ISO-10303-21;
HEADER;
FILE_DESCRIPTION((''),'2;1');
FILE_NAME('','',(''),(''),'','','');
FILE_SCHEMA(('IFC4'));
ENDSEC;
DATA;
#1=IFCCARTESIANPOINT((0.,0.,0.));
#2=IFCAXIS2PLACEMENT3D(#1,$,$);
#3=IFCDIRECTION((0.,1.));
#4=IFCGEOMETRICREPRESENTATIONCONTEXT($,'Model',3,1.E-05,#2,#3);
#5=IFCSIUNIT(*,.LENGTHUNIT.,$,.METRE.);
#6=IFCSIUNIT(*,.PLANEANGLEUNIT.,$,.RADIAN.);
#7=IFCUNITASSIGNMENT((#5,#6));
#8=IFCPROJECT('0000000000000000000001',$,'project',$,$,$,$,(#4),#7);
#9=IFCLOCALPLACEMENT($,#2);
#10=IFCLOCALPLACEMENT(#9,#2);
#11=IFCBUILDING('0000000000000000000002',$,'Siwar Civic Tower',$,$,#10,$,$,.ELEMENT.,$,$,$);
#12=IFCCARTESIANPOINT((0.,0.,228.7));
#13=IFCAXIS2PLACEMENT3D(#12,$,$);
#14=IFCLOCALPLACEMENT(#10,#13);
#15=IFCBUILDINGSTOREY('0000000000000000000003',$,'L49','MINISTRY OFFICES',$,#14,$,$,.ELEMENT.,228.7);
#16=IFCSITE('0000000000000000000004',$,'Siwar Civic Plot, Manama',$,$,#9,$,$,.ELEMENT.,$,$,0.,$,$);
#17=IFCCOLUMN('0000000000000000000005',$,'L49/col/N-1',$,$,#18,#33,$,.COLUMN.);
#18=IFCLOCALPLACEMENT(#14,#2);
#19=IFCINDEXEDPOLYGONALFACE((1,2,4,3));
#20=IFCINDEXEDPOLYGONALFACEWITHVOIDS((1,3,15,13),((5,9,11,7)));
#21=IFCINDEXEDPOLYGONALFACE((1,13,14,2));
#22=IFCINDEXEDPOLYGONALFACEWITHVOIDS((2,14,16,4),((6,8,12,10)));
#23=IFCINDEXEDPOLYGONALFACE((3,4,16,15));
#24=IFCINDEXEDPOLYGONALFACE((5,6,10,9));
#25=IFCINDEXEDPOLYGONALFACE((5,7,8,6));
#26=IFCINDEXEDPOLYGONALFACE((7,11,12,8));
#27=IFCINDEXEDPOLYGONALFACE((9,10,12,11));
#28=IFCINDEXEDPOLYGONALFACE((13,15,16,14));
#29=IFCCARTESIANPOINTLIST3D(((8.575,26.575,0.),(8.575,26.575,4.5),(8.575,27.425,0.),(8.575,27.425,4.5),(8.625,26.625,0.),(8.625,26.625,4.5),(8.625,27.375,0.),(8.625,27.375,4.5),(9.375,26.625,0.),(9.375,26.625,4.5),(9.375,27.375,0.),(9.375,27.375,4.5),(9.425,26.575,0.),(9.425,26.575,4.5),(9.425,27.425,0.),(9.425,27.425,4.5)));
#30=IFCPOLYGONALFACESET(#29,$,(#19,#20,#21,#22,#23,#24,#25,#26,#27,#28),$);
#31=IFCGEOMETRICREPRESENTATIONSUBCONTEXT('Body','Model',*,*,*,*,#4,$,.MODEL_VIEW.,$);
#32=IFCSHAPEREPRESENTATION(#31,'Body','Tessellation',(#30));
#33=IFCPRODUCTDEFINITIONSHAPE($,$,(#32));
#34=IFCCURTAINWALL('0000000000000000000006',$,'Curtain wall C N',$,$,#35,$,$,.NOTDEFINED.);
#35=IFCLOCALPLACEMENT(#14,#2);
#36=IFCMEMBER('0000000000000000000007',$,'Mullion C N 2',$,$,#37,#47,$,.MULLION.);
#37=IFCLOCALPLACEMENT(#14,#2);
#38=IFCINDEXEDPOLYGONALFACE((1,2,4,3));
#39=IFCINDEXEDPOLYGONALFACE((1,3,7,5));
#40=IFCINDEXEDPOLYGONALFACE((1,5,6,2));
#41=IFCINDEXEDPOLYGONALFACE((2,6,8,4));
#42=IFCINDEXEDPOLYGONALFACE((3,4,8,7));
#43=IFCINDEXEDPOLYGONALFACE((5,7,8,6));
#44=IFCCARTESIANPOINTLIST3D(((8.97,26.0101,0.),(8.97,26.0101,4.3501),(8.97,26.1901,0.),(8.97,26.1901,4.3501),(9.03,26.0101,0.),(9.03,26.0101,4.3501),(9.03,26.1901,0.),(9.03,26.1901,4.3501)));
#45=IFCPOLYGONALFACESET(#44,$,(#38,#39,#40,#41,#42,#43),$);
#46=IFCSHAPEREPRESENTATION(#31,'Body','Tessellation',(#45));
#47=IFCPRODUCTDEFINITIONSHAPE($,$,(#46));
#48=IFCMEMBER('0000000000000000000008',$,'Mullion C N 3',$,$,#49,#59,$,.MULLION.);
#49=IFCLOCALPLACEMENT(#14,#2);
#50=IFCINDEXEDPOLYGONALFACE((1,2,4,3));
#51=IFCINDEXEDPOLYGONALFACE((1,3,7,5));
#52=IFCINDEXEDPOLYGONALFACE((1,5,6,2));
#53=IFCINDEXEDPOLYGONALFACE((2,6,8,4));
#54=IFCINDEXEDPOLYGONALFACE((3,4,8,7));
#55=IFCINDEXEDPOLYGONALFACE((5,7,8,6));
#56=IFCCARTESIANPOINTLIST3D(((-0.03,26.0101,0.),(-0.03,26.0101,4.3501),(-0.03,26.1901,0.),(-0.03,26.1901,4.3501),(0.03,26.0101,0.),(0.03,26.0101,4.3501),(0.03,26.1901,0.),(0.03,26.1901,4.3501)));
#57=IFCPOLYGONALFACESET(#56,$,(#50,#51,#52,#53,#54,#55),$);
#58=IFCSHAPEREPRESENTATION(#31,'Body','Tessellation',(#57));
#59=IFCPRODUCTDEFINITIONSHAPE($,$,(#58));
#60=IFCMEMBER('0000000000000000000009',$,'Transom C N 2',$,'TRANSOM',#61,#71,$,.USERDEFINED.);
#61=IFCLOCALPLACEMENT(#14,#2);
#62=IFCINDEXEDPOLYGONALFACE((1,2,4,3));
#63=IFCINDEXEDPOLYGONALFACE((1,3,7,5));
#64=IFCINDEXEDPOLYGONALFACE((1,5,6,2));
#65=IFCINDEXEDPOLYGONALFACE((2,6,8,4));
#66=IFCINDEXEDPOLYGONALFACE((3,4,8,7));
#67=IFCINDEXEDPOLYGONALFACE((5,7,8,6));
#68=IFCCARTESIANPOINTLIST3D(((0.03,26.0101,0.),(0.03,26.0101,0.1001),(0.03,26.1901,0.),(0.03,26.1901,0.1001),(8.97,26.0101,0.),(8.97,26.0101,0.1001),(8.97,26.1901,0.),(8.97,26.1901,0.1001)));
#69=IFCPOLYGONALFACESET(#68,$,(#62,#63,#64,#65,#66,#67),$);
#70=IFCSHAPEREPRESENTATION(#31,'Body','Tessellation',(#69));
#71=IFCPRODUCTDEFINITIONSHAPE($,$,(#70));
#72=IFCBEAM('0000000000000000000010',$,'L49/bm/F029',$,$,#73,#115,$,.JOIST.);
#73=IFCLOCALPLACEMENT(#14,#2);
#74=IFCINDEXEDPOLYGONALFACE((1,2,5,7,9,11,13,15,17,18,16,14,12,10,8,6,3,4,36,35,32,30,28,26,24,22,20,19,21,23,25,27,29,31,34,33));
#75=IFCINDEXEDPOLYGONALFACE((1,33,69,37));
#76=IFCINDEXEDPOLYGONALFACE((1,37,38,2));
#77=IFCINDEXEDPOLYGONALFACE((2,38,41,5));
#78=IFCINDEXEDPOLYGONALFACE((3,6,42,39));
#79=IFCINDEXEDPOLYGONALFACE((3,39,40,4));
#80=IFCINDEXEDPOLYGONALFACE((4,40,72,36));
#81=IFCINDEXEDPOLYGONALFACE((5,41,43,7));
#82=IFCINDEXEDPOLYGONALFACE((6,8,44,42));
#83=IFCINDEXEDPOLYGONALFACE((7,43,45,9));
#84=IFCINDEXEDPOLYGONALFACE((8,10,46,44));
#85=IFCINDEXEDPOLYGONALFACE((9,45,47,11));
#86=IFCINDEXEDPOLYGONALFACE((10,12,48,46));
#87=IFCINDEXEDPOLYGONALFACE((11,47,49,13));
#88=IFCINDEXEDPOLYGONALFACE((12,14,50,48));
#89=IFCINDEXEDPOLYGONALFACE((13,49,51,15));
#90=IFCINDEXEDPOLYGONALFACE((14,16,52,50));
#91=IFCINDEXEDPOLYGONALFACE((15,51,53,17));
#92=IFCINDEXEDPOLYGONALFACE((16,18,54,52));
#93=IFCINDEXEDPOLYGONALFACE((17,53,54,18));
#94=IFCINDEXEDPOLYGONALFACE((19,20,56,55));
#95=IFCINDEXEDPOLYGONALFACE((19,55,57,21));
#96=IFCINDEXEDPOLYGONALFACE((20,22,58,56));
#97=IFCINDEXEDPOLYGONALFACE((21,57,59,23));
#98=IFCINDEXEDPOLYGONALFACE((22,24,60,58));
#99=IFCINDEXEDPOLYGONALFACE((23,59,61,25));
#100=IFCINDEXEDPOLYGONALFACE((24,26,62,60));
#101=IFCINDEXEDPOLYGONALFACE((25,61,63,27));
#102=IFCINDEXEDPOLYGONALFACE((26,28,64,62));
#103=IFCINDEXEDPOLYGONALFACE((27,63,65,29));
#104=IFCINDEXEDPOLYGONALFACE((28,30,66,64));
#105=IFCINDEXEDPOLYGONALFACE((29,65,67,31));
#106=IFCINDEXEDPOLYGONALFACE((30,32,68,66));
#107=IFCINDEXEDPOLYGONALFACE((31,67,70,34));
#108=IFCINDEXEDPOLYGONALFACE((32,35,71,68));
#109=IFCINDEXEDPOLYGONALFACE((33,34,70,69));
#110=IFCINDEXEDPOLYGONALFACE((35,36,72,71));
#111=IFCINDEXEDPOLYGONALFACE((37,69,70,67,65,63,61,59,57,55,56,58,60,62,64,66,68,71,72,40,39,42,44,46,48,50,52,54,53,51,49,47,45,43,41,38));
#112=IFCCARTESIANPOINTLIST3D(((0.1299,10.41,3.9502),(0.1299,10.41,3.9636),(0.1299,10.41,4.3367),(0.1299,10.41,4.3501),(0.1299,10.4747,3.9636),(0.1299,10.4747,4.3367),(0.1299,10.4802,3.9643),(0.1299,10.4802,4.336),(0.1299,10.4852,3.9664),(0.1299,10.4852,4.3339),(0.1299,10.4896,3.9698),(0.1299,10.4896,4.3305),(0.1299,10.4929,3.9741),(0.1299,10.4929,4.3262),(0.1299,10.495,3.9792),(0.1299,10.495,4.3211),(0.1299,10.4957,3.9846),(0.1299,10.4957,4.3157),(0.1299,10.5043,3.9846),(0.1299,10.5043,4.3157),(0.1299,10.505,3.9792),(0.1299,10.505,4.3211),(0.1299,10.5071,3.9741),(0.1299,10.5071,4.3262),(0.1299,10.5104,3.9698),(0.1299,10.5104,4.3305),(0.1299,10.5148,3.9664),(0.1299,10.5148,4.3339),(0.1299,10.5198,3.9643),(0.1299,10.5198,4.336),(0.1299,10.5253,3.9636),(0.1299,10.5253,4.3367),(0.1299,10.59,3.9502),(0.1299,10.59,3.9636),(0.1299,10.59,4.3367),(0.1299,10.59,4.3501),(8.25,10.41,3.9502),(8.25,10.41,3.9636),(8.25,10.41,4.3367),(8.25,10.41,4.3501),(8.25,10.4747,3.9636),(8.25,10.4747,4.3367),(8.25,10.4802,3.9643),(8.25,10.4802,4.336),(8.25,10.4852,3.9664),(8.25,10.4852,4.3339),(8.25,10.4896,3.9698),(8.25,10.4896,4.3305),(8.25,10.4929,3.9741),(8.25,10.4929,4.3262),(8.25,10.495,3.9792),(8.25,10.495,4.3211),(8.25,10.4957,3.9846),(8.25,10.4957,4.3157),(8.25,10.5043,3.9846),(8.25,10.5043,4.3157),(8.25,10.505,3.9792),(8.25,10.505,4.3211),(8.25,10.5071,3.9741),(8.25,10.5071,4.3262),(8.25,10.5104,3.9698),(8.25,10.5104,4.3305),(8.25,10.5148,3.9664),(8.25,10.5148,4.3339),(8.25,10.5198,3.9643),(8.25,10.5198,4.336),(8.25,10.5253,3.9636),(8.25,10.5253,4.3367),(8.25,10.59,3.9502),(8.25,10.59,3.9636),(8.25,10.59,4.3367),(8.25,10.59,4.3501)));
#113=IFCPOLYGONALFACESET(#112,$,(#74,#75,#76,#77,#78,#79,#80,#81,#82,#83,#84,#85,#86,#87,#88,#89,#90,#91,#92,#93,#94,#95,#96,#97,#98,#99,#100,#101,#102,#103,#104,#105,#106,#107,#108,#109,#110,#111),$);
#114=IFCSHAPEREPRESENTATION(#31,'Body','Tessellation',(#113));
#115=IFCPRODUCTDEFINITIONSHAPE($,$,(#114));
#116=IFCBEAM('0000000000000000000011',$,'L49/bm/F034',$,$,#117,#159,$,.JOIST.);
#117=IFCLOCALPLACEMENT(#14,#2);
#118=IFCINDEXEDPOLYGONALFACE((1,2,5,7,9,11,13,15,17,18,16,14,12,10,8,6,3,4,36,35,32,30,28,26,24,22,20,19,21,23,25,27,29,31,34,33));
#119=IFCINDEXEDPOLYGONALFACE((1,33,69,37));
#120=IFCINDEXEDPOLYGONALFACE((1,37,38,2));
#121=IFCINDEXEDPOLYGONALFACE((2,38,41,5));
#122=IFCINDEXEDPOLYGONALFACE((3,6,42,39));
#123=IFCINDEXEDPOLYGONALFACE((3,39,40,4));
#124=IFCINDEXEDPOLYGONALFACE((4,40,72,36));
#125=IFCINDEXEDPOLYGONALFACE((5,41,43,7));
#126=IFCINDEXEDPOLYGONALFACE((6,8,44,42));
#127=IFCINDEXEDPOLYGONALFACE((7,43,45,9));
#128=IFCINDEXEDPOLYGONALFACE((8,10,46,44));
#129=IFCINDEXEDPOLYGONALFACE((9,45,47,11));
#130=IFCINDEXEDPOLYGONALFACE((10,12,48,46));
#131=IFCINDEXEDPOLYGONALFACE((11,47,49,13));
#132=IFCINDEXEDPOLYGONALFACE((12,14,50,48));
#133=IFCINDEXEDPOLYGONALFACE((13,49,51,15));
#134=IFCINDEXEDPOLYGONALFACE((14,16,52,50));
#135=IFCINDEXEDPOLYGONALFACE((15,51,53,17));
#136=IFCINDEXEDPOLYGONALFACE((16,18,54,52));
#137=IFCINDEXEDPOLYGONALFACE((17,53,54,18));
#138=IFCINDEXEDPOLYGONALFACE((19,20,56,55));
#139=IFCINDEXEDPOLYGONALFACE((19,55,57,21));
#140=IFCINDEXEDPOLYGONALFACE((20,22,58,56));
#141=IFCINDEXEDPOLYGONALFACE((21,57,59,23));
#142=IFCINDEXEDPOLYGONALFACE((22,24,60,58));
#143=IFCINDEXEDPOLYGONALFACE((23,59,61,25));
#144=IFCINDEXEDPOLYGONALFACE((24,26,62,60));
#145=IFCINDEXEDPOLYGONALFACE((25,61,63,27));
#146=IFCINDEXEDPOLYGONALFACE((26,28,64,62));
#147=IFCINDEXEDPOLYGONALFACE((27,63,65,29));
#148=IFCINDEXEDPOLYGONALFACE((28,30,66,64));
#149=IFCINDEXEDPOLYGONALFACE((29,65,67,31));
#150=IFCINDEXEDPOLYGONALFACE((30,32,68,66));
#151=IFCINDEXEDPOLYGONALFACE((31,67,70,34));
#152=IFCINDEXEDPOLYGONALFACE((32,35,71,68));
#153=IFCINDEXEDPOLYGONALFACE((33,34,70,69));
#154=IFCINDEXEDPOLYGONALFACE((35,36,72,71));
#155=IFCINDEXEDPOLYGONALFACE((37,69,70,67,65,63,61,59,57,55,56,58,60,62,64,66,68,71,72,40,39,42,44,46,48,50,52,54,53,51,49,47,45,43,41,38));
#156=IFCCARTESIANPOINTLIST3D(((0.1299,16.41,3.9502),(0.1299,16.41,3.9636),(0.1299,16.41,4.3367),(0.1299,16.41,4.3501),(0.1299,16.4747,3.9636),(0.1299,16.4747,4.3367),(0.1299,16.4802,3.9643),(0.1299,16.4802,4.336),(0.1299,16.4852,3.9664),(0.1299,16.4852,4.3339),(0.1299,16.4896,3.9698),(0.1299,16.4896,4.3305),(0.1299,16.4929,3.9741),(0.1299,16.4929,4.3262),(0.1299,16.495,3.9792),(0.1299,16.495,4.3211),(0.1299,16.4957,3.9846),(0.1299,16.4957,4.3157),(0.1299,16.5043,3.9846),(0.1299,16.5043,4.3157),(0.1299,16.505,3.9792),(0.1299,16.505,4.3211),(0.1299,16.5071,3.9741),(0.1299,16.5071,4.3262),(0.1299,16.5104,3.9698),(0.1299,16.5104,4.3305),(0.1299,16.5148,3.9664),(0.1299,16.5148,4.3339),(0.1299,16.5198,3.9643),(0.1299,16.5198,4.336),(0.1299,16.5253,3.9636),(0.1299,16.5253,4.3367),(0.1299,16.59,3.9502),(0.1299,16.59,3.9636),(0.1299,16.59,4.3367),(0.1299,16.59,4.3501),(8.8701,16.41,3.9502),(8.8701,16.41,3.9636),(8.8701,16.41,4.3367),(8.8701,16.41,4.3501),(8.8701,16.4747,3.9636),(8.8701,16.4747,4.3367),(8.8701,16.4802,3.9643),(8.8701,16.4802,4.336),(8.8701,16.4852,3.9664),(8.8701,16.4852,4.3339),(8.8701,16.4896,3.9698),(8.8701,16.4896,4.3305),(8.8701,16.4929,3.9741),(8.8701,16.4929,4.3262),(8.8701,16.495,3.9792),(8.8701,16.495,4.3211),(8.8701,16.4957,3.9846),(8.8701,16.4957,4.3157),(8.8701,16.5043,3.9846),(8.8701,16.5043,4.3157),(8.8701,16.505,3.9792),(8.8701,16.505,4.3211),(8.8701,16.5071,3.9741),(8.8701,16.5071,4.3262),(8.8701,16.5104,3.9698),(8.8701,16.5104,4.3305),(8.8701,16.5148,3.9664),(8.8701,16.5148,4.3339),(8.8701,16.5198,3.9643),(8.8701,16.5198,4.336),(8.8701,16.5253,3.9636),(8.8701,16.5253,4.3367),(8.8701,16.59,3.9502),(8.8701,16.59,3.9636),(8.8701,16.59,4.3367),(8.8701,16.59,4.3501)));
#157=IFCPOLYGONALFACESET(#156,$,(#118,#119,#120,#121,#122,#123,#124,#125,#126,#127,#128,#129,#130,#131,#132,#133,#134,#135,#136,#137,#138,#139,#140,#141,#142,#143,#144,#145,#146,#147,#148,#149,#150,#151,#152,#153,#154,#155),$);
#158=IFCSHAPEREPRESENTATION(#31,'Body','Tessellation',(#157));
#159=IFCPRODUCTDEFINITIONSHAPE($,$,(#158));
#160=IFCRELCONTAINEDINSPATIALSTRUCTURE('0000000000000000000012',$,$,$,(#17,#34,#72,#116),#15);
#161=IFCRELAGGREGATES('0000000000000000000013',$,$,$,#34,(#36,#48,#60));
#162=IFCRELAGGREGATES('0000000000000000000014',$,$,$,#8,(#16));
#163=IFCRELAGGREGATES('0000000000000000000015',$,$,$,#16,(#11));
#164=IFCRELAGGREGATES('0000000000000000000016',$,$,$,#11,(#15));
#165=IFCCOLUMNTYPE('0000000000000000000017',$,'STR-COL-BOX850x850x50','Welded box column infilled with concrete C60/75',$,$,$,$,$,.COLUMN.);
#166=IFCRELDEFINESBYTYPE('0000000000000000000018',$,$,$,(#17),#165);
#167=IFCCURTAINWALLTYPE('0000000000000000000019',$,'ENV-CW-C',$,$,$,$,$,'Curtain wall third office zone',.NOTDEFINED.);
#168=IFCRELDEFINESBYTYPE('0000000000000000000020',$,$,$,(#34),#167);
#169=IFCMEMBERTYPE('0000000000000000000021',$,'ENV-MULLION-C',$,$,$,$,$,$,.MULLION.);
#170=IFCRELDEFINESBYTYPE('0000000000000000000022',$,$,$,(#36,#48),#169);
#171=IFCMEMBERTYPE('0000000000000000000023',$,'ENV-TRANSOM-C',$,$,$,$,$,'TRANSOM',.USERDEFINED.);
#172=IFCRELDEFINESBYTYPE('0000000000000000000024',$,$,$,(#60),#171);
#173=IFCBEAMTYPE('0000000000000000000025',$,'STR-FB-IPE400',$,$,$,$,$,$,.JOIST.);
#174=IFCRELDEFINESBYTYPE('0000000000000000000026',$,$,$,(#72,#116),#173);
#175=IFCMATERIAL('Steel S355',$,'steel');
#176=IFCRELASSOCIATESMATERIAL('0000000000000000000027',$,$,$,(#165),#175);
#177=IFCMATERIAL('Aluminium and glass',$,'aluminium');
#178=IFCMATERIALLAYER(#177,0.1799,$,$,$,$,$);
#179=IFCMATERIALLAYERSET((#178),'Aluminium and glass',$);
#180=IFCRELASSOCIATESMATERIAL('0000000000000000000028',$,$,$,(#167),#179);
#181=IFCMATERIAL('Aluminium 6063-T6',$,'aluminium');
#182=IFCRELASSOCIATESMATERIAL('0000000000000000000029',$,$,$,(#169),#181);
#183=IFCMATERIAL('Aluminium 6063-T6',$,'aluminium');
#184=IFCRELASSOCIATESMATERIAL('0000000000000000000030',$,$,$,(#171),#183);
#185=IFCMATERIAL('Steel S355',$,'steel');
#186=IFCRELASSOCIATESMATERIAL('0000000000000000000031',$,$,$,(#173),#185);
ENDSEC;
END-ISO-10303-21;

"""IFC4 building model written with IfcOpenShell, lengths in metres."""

from ifc_helpers import new_model, si_unit, direction, frame, origin, origin_2d, place, context, subcontext, project, spatial, rectangle, hollow_rectangle, i_section, extrude, material, layer, layer_set, material_profile, profile_set, type_object, element, aggregate, save


model = new_model("IFC4")

# Units and contexts
model_context = context("Model", 3, precision=1e-05, world=origin(), true_north=direction((0.0, 1.0)))
body_context = subcontext(model_context, "Body", "Model", "MODEL_VIEW")
ifc_project = project(units=[si_unit("LENGTHUNIT", "METRE"), si_unit("PLANEANGLEUNIT", "RADIAN")], contexts=[model_context])

# Site, building, storey
site_placement = place(None, origin())
site = spatial("IfcSite", under=ifc_project, at=site_placement, Name="Siwar Civic Plot, Manama", CompositionType="ELEMENT", RefElevation=0.0)
building_placement = place(site_placement, origin())
building = spatial("IfcBuilding", under=site, at=building_placement, Name="Siwar Civic Tower", CompositionType="ELEMENT")
storey_placement = place(building_placement, frame((0.0, 0.0, 228.7)))
storey = spatial("IfcBuildingStorey", under=building, at=storey_placement, Name="L49", Description="MINISTRY OFFICES", CompositionType="ELEMENT", Elevation=228.7)

# Column
ifc_material_1 = material(Name="Steel S355", Category="steel")
ifc_material_profile_1 = material_profile(ifc_material_1, hollow_rectangle(XDim=0.8501, YDim=0.8501, WallThickness=0.05, at=origin_2d()), Name="BOX850x850x50")
ifc_profile_set_1 = profile_set([ifc_material_profile_1], Name="Steel S355")
column_type = type_object("IfcColumnType", Name="STR-COL-BOX850x850x50", Description="Welded box column infilled with concrete C60/75", PredefinedType="COLUMN", material=ifc_profile_set_1)
column_placement = place(storey_placement, frame((9.0, 27.0, 0.0), z_axis=(0.0, 0.0, 1.0), x_axis=(1.0, 0.0, 0.0)))
element("IfcColumn", 1, at=column_placement, inside=storey, type_object=column_type, Name="L49/col/N-1", PredefinedType="COLUMN", context=body_context, shape_type="SweptSolid", body=[
    extrude(hollow_rectangle(XDim=0.8501, YDim=0.8501, WallThickness=0.05, at=origin_2d()), origin(), (0.0, 0.0, 1.0), 4.5),
])

# Curtain wall, members
ifc_material_2 = material(Name="Aluminium and glass", Category="aluminium")
ifc_layer_1 = layer(ifc_material_2, 0.1799)
ifc_layer_set_1 = layer_set([ifc_layer_1], Name="Aluminium and glass")
curtain_wall_type = type_object("IfcCurtainWallType", Name="ENV-CW-C", ElementType="Curtain wall third office zone", PredefinedType="NOTDEFINED", material=ifc_layer_set_1)
curtain_wall_placement = place(storey_placement, origin())
curtain_wall = element("IfcCurtainWall", 2, at=curtain_wall_placement, inside=storey, type_object=curtain_wall_type, Name="Curtain wall C N", PredefinedType="NOTDEFINED")
ifc_material_3 = material(Name="Aluminium 6063-T6", Category="aluminium")
ifc_material_profile_2 = material_profile(ifc_material_3, rectangle(XDim=0.1799, YDim=0.0601, at=origin_2d()), Name="AL 180x60")
ifc_profile_set_2 = profile_set([ifc_material_profile_2], Name="Aluminium 6063-T6")
member_type_1 = type_object("IfcMemberType", Name="ENV-MULLION-C", PredefinedType="MULLION", material=ifc_profile_set_2)
member_1_placement = place(storey_placement, frame((9.0, 26.1001, 0.0), z_axis=(0.0, 0.0, 1.0), x_axis=(0.0, -1.0, 0.0)))
member_1 = element("IfcMember", 3, at=member_1_placement, type_object=member_type_1, Name="Mullion C N 2", PredefinedType="MULLION", context=body_context, shape_type="SweptSolid", body=[
    extrude(rectangle(XDim=0.1799, YDim=0.0601, at=origin_2d()), origin(), (0.0, 0.0, 1.0), 4.3501),
])
member_2_placement = place(storey_placement, frame((0.0, 26.1001, 0.0), z_axis=(0.0, 0.0, 1.0), x_axis=(0.0, -1.0, 0.0)))
member_2 = element("IfcMember", 4, at=member_2_placement, type_object=member_type_1, Name="Mullion C N 3", PredefinedType="MULLION", context=body_context, shape_type="SweptSolid", body=[
    extrude(rectangle(XDim=0.1799, YDim=0.0601, at=origin_2d()), origin(), (0.0, 0.0, 1.0), 4.3501),
])
ifc_material_4 = material(Name="Aluminium 6063-T6", Category="aluminium")
ifc_material_profile_3 = material_profile(ifc_material_4, rectangle(XDim=0.1799, YDim=0.1001, at=origin_2d()), Name="AL 180x100")
ifc_profile_set_3 = profile_set([ifc_material_profile_3], Name="Aluminium 6063-T6")
member_type_2 = type_object("IfcMemberType", Name="ENV-TRANSOM-C", ElementType="TRANSOM", PredefinedType="USERDEFINED", material=ifc_profile_set_3)
member_3_placement = place(storey_placement, frame((8.97, 26.1001, 0.05), z_axis=(-1.0, 0.0, 0.0), x_axis=(0.0, -1.0, 0.0)))
member_3 = element("IfcMember", 5, at=member_3_placement, type_object=member_type_2, Name="Transom C N 2", ObjectType="TRANSOM", PredefinedType="USERDEFINED", context=body_context, shape_type="SweptSolid", body=[
    extrude(rectangle(XDim=0.1799, YDim=0.1001, at=origin_2d()), origin(), (0.0, 0.0, 1.0), 8.9399),
])

# Beams
ifc_material_5 = material(Name="Steel S355", Category="steel")
ifc_material_profile_4 = material_profile(ifc_material_5, i_section(OverallWidth=0.1799, OverallDepth=0.3999, WebThickness=0.0085, FlangeThickness=0.0134, FilletRadius=0.021, at=origin_2d()), Name="IPE400")
ifc_profile_set_4 = profile_set([ifc_material_profile_4], Name="Steel S355")
beam_type_1 = type_object("IfcBeamType", Name="STR-FB-IPE400", PredefinedType="JOIST", material=ifc_profile_set_4)
beam_1_placement = place(storey_placement, frame((0.1299, 10.5, 4.1501), z_axis=(1.0, 0.0, 0.0), x_axis=(0.0, 1.0, 0.0)))
element("IfcBeam", 6, at=beam_1_placement, inside=storey, type_object=beam_type_1, Name="L49/bm/F029", PredefinedType="JOIST", context=body_context, shape_type="SweptSolid", body=[
    extrude(i_section(OverallWidth=0.1799, OverallDepth=0.3999, WebThickness=0.0085, FlangeThickness=0.0134, FilletRadius=0.021, at=origin_2d()), origin(), (0.0, 0.0, 1.0), 8.1201),
])
for number, where, z_axis, x_axis, name in (
    (7, (0.1299, 16.5, 4.1501), (1.0, 0.0, 0.0), (0.0, 1.0, 0.0), "L49/bm/F034"),
):
    element("IfcBeam", number, at=place(storey_placement, frame(where, z_axis=z_axis, x_axis=x_axis)), inside=storey, type_object=beam_type_1, Name=name, PredefinedType="JOIST", context=body_context, shape_type="SweptSolid", body=[
        extrude(i_section(OverallWidth=0.1799, OverallDepth=0.3999, WebThickness=0.0085, FlangeThickness=0.0134, FilletRadius=0.021, at=origin_2d()), origin(), (0.0, 0.0, 1.0), 8.7402),
    ])

aggregate(curtain_wall, [member_1, member_2, member_3])

save(model, "model.ifc")
